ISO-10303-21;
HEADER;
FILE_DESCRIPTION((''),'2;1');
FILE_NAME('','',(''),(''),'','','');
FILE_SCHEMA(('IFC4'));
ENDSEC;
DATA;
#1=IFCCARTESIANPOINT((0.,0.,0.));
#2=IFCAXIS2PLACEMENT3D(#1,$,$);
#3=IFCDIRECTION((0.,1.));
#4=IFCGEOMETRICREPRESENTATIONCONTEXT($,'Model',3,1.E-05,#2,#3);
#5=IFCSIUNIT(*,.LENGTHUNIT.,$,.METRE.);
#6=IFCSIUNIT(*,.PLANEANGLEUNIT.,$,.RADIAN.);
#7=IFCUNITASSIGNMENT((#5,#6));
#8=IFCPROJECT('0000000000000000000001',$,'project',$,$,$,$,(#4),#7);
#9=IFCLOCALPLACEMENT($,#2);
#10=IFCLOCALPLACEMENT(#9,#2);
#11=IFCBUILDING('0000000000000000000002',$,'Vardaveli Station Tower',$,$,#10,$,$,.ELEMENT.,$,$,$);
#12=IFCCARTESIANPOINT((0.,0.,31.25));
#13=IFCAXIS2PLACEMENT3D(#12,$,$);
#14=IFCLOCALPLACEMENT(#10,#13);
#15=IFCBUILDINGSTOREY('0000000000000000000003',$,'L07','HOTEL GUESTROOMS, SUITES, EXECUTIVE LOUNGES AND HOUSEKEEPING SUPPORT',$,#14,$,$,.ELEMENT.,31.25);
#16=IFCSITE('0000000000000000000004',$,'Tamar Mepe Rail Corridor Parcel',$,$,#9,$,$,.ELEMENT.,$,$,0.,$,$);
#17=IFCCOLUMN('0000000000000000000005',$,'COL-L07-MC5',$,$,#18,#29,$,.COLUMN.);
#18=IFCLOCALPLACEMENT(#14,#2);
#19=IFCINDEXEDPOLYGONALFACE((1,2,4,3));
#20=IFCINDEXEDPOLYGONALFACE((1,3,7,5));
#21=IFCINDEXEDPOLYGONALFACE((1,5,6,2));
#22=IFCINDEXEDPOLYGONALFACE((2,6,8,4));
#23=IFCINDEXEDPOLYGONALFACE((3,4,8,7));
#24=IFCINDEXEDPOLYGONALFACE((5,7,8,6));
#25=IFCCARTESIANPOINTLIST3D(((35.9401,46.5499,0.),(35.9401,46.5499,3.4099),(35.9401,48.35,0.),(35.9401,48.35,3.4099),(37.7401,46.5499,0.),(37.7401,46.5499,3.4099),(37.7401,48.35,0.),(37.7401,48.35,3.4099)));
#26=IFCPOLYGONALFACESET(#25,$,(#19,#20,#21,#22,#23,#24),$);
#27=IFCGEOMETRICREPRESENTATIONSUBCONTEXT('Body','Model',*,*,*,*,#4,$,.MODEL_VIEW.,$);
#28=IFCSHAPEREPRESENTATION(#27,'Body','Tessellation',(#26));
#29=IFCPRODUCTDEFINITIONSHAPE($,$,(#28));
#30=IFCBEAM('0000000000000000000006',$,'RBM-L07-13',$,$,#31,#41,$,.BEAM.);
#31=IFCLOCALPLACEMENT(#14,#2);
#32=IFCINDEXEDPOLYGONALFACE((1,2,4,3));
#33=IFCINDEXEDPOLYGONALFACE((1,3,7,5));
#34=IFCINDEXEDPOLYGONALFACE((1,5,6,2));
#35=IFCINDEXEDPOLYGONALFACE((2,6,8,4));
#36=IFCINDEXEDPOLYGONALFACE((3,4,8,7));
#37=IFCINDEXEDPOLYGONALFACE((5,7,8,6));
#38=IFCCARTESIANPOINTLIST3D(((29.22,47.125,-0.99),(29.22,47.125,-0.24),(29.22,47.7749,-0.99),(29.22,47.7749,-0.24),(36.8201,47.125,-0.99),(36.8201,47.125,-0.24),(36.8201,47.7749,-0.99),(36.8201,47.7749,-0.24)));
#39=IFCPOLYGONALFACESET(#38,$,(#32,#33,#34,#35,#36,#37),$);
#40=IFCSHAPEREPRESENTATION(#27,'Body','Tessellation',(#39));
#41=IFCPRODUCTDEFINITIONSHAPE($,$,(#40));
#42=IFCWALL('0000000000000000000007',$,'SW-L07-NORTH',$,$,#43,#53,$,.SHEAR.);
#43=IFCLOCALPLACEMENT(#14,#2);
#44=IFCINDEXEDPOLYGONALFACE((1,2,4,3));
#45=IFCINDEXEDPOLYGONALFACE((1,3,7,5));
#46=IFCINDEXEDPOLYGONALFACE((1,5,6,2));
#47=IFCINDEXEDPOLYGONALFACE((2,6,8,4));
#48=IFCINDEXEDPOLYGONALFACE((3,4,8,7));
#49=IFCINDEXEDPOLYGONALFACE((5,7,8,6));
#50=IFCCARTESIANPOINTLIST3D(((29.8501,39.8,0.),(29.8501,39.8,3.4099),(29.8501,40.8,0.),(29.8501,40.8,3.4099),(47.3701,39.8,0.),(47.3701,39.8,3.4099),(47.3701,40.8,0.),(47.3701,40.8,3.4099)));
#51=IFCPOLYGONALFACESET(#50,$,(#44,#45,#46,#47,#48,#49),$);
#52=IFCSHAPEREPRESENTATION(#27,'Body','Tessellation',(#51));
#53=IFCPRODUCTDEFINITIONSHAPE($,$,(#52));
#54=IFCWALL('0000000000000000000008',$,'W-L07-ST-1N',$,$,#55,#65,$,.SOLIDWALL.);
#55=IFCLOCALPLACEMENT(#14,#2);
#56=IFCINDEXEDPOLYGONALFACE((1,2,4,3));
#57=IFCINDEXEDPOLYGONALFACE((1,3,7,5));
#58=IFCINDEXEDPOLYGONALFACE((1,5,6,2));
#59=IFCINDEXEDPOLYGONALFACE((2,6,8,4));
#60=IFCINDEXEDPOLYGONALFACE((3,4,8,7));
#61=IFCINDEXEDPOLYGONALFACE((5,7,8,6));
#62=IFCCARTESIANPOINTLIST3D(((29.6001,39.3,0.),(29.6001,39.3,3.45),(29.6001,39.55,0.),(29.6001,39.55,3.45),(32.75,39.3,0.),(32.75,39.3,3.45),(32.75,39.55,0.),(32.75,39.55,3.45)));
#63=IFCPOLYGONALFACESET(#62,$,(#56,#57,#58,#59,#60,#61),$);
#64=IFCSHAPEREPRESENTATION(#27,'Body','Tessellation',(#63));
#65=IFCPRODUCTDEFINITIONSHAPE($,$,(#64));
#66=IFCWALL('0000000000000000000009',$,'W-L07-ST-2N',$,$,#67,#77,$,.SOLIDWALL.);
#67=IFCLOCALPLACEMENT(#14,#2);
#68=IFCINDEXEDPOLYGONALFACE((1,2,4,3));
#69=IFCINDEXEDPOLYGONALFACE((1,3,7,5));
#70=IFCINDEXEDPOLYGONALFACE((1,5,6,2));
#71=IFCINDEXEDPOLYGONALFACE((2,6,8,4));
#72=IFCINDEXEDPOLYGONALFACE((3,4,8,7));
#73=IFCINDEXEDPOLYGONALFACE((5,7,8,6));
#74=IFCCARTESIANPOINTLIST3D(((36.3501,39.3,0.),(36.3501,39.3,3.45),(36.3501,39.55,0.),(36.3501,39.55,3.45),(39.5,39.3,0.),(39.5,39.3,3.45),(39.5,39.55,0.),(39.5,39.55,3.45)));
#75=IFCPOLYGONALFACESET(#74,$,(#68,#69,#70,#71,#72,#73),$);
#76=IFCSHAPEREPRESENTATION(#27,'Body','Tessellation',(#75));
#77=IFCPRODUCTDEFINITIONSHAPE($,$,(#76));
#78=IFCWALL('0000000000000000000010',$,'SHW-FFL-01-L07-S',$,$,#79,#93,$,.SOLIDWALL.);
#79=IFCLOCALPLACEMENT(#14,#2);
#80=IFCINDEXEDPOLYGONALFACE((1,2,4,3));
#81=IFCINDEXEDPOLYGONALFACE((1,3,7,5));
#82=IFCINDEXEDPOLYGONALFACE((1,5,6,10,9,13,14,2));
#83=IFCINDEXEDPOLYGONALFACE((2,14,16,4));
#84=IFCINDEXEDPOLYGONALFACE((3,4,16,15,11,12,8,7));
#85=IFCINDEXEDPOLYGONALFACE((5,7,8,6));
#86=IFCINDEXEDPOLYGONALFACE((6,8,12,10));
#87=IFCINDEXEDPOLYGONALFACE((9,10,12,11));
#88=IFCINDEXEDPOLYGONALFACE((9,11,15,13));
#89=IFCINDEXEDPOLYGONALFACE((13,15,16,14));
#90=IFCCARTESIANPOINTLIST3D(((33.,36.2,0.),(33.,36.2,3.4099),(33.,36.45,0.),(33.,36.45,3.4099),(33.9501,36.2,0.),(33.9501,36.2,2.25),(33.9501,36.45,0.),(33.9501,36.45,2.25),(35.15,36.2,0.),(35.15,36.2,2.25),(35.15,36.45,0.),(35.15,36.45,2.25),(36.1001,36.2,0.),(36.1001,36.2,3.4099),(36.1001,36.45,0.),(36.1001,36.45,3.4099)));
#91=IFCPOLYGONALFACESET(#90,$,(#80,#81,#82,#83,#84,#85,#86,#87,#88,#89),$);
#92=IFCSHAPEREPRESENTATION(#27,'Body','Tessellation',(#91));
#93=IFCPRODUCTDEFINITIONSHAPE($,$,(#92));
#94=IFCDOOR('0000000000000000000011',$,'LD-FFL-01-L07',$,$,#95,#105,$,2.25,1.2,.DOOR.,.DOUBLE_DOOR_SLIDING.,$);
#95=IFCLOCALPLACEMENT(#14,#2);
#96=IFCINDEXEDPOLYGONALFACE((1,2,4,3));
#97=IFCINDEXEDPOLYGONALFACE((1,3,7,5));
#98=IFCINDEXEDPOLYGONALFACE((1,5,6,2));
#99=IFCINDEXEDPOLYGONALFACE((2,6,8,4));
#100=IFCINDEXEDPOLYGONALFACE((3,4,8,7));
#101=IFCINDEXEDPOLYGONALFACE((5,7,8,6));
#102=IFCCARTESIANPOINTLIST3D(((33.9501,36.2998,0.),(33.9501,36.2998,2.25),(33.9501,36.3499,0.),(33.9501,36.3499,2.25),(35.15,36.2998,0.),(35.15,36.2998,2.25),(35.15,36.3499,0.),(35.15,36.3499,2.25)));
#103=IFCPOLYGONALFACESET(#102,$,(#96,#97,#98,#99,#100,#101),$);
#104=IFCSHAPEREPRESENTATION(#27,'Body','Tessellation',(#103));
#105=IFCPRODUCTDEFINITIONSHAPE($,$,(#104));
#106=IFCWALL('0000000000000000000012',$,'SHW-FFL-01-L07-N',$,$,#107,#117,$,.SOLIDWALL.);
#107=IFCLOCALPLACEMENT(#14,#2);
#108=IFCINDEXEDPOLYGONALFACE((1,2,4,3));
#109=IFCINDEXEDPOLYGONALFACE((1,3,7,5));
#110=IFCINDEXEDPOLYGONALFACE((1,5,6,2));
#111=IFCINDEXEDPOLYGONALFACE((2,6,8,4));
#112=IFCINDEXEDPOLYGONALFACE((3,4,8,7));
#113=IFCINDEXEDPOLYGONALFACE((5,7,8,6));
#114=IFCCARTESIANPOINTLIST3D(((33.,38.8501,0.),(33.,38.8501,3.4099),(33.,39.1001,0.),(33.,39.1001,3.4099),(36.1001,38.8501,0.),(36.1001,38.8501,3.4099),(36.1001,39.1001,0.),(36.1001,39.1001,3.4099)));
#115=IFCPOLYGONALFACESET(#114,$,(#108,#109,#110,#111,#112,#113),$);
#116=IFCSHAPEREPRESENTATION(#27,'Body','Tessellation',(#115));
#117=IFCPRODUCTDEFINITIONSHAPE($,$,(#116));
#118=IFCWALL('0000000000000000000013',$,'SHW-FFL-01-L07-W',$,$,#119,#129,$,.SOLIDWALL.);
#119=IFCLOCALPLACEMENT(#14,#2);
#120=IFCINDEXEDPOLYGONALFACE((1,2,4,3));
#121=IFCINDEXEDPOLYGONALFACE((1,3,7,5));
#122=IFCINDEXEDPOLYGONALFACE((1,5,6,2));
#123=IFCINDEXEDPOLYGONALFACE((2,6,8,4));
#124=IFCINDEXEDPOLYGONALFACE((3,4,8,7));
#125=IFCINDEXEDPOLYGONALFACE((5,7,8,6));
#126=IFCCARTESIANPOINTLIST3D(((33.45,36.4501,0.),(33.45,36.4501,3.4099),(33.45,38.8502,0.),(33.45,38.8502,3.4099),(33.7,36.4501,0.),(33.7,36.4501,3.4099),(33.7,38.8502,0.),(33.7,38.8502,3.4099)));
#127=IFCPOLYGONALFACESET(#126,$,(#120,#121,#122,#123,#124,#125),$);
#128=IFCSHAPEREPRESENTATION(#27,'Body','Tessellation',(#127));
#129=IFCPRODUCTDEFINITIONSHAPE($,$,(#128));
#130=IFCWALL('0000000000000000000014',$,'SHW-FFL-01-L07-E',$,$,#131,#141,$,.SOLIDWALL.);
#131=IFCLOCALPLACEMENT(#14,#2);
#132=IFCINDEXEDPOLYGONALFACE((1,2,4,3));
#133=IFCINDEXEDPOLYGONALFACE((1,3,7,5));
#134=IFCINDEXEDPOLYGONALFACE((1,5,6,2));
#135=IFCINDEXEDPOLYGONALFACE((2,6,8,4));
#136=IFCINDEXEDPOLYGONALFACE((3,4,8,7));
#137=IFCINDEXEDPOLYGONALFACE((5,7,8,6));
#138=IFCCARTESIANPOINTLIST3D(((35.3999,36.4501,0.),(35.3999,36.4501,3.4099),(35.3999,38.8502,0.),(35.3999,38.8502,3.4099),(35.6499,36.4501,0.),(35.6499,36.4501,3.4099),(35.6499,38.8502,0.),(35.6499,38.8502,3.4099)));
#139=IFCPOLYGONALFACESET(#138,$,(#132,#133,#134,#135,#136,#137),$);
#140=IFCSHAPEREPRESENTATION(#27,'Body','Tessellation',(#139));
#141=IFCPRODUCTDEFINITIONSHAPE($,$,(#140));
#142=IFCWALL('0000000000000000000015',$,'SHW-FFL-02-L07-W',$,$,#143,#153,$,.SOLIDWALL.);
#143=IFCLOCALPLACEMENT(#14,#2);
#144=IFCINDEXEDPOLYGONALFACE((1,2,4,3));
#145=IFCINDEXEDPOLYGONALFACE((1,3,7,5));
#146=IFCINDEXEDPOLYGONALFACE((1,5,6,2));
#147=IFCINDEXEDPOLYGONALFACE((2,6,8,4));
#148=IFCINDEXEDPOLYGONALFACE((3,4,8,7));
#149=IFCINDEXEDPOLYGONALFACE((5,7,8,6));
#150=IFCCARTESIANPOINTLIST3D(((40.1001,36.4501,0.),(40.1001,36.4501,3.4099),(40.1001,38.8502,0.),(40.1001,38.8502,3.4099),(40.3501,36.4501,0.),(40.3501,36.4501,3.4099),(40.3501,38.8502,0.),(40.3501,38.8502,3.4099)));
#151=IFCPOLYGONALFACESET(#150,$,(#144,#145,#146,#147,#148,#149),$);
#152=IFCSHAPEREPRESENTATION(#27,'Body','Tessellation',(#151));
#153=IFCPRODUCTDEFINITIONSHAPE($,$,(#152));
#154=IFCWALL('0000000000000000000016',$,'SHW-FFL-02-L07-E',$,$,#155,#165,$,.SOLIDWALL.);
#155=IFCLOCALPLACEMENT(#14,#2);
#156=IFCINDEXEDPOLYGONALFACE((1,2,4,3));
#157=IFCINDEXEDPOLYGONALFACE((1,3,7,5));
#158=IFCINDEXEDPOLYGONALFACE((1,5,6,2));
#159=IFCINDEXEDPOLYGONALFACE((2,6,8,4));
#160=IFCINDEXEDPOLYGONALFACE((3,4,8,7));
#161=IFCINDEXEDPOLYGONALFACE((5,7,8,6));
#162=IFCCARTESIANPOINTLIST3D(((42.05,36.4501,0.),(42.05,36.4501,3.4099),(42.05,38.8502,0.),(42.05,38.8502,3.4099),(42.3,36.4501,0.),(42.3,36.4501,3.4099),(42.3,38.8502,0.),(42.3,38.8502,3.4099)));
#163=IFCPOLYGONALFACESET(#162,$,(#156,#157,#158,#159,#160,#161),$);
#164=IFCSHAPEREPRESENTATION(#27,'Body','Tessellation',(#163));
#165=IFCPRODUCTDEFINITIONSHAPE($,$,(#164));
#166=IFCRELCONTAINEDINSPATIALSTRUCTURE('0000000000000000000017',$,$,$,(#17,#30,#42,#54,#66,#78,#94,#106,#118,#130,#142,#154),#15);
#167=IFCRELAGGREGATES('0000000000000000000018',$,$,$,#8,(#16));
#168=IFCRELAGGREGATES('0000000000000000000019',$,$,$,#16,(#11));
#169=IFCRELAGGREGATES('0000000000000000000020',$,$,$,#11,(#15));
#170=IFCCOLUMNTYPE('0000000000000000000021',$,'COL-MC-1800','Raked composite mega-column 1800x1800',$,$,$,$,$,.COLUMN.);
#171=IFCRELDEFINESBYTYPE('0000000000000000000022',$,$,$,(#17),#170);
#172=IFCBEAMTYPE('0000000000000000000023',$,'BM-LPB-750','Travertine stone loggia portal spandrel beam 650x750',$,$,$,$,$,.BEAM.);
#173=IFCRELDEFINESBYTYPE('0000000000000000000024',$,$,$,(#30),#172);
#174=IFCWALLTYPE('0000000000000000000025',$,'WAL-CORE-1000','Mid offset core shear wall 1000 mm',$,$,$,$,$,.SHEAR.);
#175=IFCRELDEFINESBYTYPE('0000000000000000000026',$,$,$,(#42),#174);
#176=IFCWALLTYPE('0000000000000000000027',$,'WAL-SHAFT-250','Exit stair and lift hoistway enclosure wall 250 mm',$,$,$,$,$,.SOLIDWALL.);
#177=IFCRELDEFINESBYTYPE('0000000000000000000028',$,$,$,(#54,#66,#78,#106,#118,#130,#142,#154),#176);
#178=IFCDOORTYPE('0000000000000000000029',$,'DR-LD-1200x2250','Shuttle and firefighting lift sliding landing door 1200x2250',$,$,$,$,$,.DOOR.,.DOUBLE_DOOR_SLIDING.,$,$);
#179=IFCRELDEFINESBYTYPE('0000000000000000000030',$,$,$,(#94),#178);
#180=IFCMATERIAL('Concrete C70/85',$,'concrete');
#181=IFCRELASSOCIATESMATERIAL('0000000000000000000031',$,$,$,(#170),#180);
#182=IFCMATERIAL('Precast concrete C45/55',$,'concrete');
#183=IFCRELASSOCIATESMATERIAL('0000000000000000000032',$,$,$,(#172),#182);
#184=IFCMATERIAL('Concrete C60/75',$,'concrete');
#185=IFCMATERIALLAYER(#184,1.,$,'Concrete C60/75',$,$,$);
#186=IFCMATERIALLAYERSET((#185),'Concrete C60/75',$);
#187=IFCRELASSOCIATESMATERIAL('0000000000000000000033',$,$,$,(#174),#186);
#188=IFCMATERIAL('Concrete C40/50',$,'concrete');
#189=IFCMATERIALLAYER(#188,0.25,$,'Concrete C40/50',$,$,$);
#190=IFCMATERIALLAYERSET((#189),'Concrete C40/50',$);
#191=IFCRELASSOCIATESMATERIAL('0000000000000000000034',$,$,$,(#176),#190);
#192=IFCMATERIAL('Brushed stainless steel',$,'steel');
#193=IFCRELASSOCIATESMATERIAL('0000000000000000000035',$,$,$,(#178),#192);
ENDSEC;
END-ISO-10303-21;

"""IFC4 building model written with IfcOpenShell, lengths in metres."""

from ifc_helpers import new_model, si_unit, direction, frame, frame_2d, origin, origin_2d, place, context, subcontext, project, spatial, rectangle, extrude, source, transform, mapped, material, layer, layer_set, material_profile, profile_set, type_object, element, fill, save


model = new_model("IFC4")

# Units and contexts
model_context = context("Model", 3, precision=1e-05, world=origin(), true_north=direction((0.0, 1.0)))
body_context = subcontext(model_context, "Body", "Model", "MODEL_VIEW")
ifc_project = project(units=[si_unit("LENGTHUNIT", "METRE"), si_unit("PLANEANGLEUNIT", "RADIAN")], contexts=[model_context])

# Site, building, storey
site_placement = place(None, origin())
site = spatial("IfcSite", under=ifc_project, at=site_placement, Name="Tamar Mepe Rail Corridor Parcel", CompositionType="ELEMENT", RefElevation=0.0)
building_placement = place(site_placement, origin())
building = spatial("IfcBuilding", under=site, at=building_placement, Name="Vardaveli Station Tower", CompositionType="ELEMENT")
storey_placement = place(building_placement, frame((0.0, 0.0, 31.25)))
storey = spatial("IfcBuildingStorey", under=building, at=storey_placement, Name="L07", Description="HOTEL GUESTROOMS, SUITES, EXECUTIVE LOUNGES AND HOUSEKEEPING SUPPORT", CompositionType="ELEMENT", Elevation=31.25)

# Column
ifc_material_1 = material(Name="Concrete C70/85", Category="concrete")
ifc_material_profile_1 = material_profile(ifc_material_1, rectangle(XDim=1.8, YDim=1.8, at=origin_2d()), Name="MC 1800x1800")
ifc_profile_set_1 = profile_set([ifc_material_profile_1], Name="Concrete C70/85")
column_type = type_object("IfcColumnType", Name="COL-MC-1800", Description="Raked composite mega-column 1800x1800", PredefinedType="COLUMN", material=ifc_profile_set_1)
shared_shape_1 = source(origin(), body_context, "Body", "SweptSolid", [
    extrude(rectangle(XDim=1.8, YDim=1.8, at=origin_2d()), origin(), (0.0, 0.0, 1.0), 3.4099),
])
column_placement = place(storey_placement, frame((36.8401, 47.45, 0.0), z_axis=(0.0, 0.0, 1.0), x_axis=(1.0, 0.0, 0.0)))
element("IfcColumn", 1, at=column_placement, inside=storey, type_object=column_type, Name="COL-L07-MC5", PredefinedType="COLUMN", context=body_context, shape_type="MappedRepresentation", body=[
    mapped(shared_shape_1, transform((0.0, 0.0, 0.0), scale=1.0)),
])

# Beam
ifc_material_2 = material(Name="Precast concrete C45/55", Category="concrete")
ifc_material_profile_2 = material_profile(ifc_material_2, rectangle(XDim=0.6499, YDim=0.75, at=origin_2d()), Name="LPB 650x750")
ifc_profile_set_2 = profile_set([ifc_material_profile_2], Name="Precast concrete C45/55")
beam_type = type_object("IfcBeamType", Name="BM-LPB-750", Description="Travertine stone loggia portal spandrel beam 650x750", PredefinedType="BEAM", material=ifc_profile_set_2)
shared_shape_2 = source(origin(), body_context, "Body", "SweptSolid", [
    extrude(rectangle(XDim=0.6499, YDim=0.75, at=origin_2d()), origin(), (0.0, 0.0, 1.0), 7.6001),
])
beam_placement = place(storey_placement, frame((36.8201, 47.45, -0.615), z_axis=(-1.0, 0.0, 0.0), x_axis=(0.0, -1.0, 0.0)))
element("IfcBeam", 2, at=beam_placement, inside=storey, type_object=beam_type, Name="RBM-L07-13", PredefinedType="BEAM", context=body_context, shape_type="MappedRepresentation", body=[
    mapped(shared_shape_2, transform((0.0, 0.0, 0.0), scale=1.0)),
])

# Walls
ifc_material_3 = material(Name="Concrete C60/75", Category="concrete")
ifc_layer_1 = layer(ifc_material_3, 1.0, Name="Concrete C60/75")
ifc_layer_set_1 = layer_set([ifc_layer_1], Name="Concrete C60/75")
wall_type_1 = type_object("IfcWallType", Name="WAL-CORE-1000", Description="Mid offset core shear wall 1000 mm", PredefinedType="SHEAR", material=ifc_layer_set_1)
shared_shape_3 = source(origin(), body_context, "Body", "SweptSolid", [
    extrude(rectangle(XDim=17.52, YDim=1.0, at=frame_2d((8.76, 0.0))), origin(), (0.0, 0.0, 1.0), 3.4099),
])
wall_1_placement = place(storey_placement, frame((29.8501, 40.3, 0.0), z_axis=(0.0, 0.0, 1.0), x_axis=(1.0, 0.0, 0.0)))
element("IfcWall", 3, at=wall_1_placement, inside=storey, type_object=wall_type_1, Name="SW-L07-NORTH", PredefinedType="SHEAR", context=body_context, shape_type="MappedRepresentation", body=[
    mapped(shared_shape_3, transform((0.0, 0.0, 0.0), scale=1.0)),
])
ifc_material_4 = material(Name="Concrete C40/50", Category="concrete")
ifc_layer_2 = layer(ifc_material_4, 0.25, Name="Concrete C40/50")
ifc_layer_set_2 = layer_set([ifc_layer_2], Name="Concrete C40/50")
wall_type_2 = type_object("IfcWallType", Name="WAL-SHAFT-250", Description="Exit stair and lift hoistway enclosure wall 250 mm", PredefinedType="SOLIDWALL", material=ifc_layer_set_2)
shared_shape_4 = source(origin(), body_context, "Body", "SweptSolid", [
    extrude(rectangle(XDim=3.1499, YDim=0.25, at=frame_2d((1.575, 0.0))), origin(), (0.0, 0.0, 1.0), 3.45),
])
for number, where, z_axis, x_axis, name in (
    (4, (29.6001, 39.425, 0.0), (0.0, 0.0, 1.0), (1.0, 0.0, 0.0), "W-L07-ST-1N"),
    (5, (36.3501, 39.425, 0.0), (0.0, 0.0, 1.0), (1.0, 0.0, 0.0), "W-L07-ST-2N"),
):
    element("IfcWall", number, at=place(storey_placement, frame(where, z_axis=z_axis, x_axis=x_axis)), inside=storey, type_object=wall_type_2, Name=name, PredefinedType="SOLIDWALL", context=body_context, shape_type="MappedRepresentation", body=[
        mapped(shared_shape_4, transform((0.0, 0.0, 0.0), scale=1.0)),
    ])

# Wall, opening, door
shared_shape_5 = source(origin(), body_context, "Body", "SweptSolid", [
    extrude(rectangle(XDim=3.1001, YDim=0.25, at=frame_2d((1.55, 0.0))), origin(), (0.0, 0.0, 1.0), 3.4099),
])
wall_2_placement = place(storey_placement, frame((33.0, 36.325, 0.0), z_axis=(0.0, 0.0, 1.0), x_axis=(1.0, 0.0, 0.0)))
wall_2 = element("IfcWall", 6, at=wall_2_placement, inside=storey, type_object=wall_type_2, Name="SHW-FFL-01-L07-S", PredefinedType="SOLIDWALL", context=body_context, shape_type="MappedRepresentation", body=[
    mapped(shared_shape_5, transform((0.0, 0.0, 0.0), scale=1.0)),
])
shared_shape_6 = source(origin(), body_context, "Body", "SweptSolid", [
    extrude(rectangle(XDim=1.2, YDim=2.25, at=frame_2d((0.6001, 1.125))), frame((0.0, 0.135, 0.0), z_axis=(0.0, -1.0, 0.0), x_axis=(1.0, 0.0, 0.0)), (0.0, 0.0, 1.0), 0.27),
])
opening_1_placement = place(wall_2_placement, frame((0.95, 0.0, 0.0)))
opening_1 = element("IfcOpeningElement", 7, at=opening_1_placement, cuts=wall_2, PredefinedType="OPENING", context=body_context, shape_type="MappedRepresentation", body=[
    mapped(shared_shape_6, transform((0.0, 0.0, 0.0), scale=1.0)),
])
ifc_material_5 = material(Name="Brushed stainless steel", Category="steel")
door_type = type_object("IfcDoorType", Name="DR-LD-1200x2250", Description="Shuttle and firefighting lift sliding landing door 1200x2250", OperationType="DOUBLE_DOOR_SLIDING", PredefinedType="DOOR", material=ifc_material_5)
shared_shape_7 = source(origin(), body_context, "Body", "SweptSolid", [
    extrude(rectangle(XDim=1.2, YDim=2.25, at=frame_2d((0.6001, 1.125))), frame((0.0, 0.0249, 0.0), z_axis=(0.0, -1.0, 0.0), x_axis=(1.0, 0.0, 0.0)), (0.0, 0.0, 1.0), 0.05),
])
door_1_placement = place(opening_1_placement, origin())
door_1 = element("IfcDoor", 8, at=door_1_placement, inside=storey, type_object=door_type, Name="LD-FFL-01-L07", OperationType="DOUBLE_DOOR_SLIDING", OverallHeight=2.25, OverallWidth=1.2, PredefinedType="DOOR", context=body_context, shape_type="MappedRepresentation", body=[
    mapped(shared_shape_7, transform((0.0, 0.0, 0.0), scale=1.0)),
])
fill(opening_1, door_1)

# Walls
wall_3_placement = place(storey_placement, frame((33.0, 38.9751, 0.0), z_axis=(0.0, 0.0, 1.0), x_axis=(1.0, 0.0, 0.0)))
element("IfcWall", 9, at=wall_3_placement, inside=storey, type_object=wall_type_2, Name="SHW-FFL-01-L07-N", PredefinedType="SOLIDWALL", context=body_context, shape_type="MappedRepresentation", body=[
    mapped(shared_shape_5, transform((0.0, 0.0, 0.0), scale=1.0)),
])
shared_shape_8 = source(origin(), body_context, "Body", "SweptSolid", [
    extrude(rectangle(XDim=2.4001, YDim=0.25, at=frame_2d((1.2002, 0.0))), origin(), (0.0, 0.0, 1.0), 3.4099),
])
for number, where, z_axis, x_axis, name in (
    (10, (33.575, 36.45, 0.0), (0.0, 0.0, 1.0), (0.0, 1.0, 0.0), "SHW-FFL-01-L07-W"),
    (11, (35.5249, 36.45, 0.0), (0.0, 0.0, 1.0), (0.0, 1.0, 0.0), "SHW-FFL-01-L07-E"),
    (12, (40.2251, 36.45, 0.0), (0.0, 0.0, 1.0), (0.0, 1.0, 0.0), "SHW-FFL-02-L07-W"),
    (13, (42.175, 36.45, 0.0), (0.0, 0.0, 1.0), (0.0, 1.0, 0.0), "SHW-FFL-02-L07-E"),
):
    element("IfcWall", number, at=place(storey_placement, frame(where, z_axis=z_axis, x_axis=x_axis)), inside=storey, type_object=wall_type_2, Name=name, PredefinedType="SOLIDWALL", context=body_context, shape_type="MappedRepresentation", body=[
        mapped(shared_shape_8, transform((0.0, 0.0, 0.0), scale=1.0)),
    ])

save(model, "model.ifc")
